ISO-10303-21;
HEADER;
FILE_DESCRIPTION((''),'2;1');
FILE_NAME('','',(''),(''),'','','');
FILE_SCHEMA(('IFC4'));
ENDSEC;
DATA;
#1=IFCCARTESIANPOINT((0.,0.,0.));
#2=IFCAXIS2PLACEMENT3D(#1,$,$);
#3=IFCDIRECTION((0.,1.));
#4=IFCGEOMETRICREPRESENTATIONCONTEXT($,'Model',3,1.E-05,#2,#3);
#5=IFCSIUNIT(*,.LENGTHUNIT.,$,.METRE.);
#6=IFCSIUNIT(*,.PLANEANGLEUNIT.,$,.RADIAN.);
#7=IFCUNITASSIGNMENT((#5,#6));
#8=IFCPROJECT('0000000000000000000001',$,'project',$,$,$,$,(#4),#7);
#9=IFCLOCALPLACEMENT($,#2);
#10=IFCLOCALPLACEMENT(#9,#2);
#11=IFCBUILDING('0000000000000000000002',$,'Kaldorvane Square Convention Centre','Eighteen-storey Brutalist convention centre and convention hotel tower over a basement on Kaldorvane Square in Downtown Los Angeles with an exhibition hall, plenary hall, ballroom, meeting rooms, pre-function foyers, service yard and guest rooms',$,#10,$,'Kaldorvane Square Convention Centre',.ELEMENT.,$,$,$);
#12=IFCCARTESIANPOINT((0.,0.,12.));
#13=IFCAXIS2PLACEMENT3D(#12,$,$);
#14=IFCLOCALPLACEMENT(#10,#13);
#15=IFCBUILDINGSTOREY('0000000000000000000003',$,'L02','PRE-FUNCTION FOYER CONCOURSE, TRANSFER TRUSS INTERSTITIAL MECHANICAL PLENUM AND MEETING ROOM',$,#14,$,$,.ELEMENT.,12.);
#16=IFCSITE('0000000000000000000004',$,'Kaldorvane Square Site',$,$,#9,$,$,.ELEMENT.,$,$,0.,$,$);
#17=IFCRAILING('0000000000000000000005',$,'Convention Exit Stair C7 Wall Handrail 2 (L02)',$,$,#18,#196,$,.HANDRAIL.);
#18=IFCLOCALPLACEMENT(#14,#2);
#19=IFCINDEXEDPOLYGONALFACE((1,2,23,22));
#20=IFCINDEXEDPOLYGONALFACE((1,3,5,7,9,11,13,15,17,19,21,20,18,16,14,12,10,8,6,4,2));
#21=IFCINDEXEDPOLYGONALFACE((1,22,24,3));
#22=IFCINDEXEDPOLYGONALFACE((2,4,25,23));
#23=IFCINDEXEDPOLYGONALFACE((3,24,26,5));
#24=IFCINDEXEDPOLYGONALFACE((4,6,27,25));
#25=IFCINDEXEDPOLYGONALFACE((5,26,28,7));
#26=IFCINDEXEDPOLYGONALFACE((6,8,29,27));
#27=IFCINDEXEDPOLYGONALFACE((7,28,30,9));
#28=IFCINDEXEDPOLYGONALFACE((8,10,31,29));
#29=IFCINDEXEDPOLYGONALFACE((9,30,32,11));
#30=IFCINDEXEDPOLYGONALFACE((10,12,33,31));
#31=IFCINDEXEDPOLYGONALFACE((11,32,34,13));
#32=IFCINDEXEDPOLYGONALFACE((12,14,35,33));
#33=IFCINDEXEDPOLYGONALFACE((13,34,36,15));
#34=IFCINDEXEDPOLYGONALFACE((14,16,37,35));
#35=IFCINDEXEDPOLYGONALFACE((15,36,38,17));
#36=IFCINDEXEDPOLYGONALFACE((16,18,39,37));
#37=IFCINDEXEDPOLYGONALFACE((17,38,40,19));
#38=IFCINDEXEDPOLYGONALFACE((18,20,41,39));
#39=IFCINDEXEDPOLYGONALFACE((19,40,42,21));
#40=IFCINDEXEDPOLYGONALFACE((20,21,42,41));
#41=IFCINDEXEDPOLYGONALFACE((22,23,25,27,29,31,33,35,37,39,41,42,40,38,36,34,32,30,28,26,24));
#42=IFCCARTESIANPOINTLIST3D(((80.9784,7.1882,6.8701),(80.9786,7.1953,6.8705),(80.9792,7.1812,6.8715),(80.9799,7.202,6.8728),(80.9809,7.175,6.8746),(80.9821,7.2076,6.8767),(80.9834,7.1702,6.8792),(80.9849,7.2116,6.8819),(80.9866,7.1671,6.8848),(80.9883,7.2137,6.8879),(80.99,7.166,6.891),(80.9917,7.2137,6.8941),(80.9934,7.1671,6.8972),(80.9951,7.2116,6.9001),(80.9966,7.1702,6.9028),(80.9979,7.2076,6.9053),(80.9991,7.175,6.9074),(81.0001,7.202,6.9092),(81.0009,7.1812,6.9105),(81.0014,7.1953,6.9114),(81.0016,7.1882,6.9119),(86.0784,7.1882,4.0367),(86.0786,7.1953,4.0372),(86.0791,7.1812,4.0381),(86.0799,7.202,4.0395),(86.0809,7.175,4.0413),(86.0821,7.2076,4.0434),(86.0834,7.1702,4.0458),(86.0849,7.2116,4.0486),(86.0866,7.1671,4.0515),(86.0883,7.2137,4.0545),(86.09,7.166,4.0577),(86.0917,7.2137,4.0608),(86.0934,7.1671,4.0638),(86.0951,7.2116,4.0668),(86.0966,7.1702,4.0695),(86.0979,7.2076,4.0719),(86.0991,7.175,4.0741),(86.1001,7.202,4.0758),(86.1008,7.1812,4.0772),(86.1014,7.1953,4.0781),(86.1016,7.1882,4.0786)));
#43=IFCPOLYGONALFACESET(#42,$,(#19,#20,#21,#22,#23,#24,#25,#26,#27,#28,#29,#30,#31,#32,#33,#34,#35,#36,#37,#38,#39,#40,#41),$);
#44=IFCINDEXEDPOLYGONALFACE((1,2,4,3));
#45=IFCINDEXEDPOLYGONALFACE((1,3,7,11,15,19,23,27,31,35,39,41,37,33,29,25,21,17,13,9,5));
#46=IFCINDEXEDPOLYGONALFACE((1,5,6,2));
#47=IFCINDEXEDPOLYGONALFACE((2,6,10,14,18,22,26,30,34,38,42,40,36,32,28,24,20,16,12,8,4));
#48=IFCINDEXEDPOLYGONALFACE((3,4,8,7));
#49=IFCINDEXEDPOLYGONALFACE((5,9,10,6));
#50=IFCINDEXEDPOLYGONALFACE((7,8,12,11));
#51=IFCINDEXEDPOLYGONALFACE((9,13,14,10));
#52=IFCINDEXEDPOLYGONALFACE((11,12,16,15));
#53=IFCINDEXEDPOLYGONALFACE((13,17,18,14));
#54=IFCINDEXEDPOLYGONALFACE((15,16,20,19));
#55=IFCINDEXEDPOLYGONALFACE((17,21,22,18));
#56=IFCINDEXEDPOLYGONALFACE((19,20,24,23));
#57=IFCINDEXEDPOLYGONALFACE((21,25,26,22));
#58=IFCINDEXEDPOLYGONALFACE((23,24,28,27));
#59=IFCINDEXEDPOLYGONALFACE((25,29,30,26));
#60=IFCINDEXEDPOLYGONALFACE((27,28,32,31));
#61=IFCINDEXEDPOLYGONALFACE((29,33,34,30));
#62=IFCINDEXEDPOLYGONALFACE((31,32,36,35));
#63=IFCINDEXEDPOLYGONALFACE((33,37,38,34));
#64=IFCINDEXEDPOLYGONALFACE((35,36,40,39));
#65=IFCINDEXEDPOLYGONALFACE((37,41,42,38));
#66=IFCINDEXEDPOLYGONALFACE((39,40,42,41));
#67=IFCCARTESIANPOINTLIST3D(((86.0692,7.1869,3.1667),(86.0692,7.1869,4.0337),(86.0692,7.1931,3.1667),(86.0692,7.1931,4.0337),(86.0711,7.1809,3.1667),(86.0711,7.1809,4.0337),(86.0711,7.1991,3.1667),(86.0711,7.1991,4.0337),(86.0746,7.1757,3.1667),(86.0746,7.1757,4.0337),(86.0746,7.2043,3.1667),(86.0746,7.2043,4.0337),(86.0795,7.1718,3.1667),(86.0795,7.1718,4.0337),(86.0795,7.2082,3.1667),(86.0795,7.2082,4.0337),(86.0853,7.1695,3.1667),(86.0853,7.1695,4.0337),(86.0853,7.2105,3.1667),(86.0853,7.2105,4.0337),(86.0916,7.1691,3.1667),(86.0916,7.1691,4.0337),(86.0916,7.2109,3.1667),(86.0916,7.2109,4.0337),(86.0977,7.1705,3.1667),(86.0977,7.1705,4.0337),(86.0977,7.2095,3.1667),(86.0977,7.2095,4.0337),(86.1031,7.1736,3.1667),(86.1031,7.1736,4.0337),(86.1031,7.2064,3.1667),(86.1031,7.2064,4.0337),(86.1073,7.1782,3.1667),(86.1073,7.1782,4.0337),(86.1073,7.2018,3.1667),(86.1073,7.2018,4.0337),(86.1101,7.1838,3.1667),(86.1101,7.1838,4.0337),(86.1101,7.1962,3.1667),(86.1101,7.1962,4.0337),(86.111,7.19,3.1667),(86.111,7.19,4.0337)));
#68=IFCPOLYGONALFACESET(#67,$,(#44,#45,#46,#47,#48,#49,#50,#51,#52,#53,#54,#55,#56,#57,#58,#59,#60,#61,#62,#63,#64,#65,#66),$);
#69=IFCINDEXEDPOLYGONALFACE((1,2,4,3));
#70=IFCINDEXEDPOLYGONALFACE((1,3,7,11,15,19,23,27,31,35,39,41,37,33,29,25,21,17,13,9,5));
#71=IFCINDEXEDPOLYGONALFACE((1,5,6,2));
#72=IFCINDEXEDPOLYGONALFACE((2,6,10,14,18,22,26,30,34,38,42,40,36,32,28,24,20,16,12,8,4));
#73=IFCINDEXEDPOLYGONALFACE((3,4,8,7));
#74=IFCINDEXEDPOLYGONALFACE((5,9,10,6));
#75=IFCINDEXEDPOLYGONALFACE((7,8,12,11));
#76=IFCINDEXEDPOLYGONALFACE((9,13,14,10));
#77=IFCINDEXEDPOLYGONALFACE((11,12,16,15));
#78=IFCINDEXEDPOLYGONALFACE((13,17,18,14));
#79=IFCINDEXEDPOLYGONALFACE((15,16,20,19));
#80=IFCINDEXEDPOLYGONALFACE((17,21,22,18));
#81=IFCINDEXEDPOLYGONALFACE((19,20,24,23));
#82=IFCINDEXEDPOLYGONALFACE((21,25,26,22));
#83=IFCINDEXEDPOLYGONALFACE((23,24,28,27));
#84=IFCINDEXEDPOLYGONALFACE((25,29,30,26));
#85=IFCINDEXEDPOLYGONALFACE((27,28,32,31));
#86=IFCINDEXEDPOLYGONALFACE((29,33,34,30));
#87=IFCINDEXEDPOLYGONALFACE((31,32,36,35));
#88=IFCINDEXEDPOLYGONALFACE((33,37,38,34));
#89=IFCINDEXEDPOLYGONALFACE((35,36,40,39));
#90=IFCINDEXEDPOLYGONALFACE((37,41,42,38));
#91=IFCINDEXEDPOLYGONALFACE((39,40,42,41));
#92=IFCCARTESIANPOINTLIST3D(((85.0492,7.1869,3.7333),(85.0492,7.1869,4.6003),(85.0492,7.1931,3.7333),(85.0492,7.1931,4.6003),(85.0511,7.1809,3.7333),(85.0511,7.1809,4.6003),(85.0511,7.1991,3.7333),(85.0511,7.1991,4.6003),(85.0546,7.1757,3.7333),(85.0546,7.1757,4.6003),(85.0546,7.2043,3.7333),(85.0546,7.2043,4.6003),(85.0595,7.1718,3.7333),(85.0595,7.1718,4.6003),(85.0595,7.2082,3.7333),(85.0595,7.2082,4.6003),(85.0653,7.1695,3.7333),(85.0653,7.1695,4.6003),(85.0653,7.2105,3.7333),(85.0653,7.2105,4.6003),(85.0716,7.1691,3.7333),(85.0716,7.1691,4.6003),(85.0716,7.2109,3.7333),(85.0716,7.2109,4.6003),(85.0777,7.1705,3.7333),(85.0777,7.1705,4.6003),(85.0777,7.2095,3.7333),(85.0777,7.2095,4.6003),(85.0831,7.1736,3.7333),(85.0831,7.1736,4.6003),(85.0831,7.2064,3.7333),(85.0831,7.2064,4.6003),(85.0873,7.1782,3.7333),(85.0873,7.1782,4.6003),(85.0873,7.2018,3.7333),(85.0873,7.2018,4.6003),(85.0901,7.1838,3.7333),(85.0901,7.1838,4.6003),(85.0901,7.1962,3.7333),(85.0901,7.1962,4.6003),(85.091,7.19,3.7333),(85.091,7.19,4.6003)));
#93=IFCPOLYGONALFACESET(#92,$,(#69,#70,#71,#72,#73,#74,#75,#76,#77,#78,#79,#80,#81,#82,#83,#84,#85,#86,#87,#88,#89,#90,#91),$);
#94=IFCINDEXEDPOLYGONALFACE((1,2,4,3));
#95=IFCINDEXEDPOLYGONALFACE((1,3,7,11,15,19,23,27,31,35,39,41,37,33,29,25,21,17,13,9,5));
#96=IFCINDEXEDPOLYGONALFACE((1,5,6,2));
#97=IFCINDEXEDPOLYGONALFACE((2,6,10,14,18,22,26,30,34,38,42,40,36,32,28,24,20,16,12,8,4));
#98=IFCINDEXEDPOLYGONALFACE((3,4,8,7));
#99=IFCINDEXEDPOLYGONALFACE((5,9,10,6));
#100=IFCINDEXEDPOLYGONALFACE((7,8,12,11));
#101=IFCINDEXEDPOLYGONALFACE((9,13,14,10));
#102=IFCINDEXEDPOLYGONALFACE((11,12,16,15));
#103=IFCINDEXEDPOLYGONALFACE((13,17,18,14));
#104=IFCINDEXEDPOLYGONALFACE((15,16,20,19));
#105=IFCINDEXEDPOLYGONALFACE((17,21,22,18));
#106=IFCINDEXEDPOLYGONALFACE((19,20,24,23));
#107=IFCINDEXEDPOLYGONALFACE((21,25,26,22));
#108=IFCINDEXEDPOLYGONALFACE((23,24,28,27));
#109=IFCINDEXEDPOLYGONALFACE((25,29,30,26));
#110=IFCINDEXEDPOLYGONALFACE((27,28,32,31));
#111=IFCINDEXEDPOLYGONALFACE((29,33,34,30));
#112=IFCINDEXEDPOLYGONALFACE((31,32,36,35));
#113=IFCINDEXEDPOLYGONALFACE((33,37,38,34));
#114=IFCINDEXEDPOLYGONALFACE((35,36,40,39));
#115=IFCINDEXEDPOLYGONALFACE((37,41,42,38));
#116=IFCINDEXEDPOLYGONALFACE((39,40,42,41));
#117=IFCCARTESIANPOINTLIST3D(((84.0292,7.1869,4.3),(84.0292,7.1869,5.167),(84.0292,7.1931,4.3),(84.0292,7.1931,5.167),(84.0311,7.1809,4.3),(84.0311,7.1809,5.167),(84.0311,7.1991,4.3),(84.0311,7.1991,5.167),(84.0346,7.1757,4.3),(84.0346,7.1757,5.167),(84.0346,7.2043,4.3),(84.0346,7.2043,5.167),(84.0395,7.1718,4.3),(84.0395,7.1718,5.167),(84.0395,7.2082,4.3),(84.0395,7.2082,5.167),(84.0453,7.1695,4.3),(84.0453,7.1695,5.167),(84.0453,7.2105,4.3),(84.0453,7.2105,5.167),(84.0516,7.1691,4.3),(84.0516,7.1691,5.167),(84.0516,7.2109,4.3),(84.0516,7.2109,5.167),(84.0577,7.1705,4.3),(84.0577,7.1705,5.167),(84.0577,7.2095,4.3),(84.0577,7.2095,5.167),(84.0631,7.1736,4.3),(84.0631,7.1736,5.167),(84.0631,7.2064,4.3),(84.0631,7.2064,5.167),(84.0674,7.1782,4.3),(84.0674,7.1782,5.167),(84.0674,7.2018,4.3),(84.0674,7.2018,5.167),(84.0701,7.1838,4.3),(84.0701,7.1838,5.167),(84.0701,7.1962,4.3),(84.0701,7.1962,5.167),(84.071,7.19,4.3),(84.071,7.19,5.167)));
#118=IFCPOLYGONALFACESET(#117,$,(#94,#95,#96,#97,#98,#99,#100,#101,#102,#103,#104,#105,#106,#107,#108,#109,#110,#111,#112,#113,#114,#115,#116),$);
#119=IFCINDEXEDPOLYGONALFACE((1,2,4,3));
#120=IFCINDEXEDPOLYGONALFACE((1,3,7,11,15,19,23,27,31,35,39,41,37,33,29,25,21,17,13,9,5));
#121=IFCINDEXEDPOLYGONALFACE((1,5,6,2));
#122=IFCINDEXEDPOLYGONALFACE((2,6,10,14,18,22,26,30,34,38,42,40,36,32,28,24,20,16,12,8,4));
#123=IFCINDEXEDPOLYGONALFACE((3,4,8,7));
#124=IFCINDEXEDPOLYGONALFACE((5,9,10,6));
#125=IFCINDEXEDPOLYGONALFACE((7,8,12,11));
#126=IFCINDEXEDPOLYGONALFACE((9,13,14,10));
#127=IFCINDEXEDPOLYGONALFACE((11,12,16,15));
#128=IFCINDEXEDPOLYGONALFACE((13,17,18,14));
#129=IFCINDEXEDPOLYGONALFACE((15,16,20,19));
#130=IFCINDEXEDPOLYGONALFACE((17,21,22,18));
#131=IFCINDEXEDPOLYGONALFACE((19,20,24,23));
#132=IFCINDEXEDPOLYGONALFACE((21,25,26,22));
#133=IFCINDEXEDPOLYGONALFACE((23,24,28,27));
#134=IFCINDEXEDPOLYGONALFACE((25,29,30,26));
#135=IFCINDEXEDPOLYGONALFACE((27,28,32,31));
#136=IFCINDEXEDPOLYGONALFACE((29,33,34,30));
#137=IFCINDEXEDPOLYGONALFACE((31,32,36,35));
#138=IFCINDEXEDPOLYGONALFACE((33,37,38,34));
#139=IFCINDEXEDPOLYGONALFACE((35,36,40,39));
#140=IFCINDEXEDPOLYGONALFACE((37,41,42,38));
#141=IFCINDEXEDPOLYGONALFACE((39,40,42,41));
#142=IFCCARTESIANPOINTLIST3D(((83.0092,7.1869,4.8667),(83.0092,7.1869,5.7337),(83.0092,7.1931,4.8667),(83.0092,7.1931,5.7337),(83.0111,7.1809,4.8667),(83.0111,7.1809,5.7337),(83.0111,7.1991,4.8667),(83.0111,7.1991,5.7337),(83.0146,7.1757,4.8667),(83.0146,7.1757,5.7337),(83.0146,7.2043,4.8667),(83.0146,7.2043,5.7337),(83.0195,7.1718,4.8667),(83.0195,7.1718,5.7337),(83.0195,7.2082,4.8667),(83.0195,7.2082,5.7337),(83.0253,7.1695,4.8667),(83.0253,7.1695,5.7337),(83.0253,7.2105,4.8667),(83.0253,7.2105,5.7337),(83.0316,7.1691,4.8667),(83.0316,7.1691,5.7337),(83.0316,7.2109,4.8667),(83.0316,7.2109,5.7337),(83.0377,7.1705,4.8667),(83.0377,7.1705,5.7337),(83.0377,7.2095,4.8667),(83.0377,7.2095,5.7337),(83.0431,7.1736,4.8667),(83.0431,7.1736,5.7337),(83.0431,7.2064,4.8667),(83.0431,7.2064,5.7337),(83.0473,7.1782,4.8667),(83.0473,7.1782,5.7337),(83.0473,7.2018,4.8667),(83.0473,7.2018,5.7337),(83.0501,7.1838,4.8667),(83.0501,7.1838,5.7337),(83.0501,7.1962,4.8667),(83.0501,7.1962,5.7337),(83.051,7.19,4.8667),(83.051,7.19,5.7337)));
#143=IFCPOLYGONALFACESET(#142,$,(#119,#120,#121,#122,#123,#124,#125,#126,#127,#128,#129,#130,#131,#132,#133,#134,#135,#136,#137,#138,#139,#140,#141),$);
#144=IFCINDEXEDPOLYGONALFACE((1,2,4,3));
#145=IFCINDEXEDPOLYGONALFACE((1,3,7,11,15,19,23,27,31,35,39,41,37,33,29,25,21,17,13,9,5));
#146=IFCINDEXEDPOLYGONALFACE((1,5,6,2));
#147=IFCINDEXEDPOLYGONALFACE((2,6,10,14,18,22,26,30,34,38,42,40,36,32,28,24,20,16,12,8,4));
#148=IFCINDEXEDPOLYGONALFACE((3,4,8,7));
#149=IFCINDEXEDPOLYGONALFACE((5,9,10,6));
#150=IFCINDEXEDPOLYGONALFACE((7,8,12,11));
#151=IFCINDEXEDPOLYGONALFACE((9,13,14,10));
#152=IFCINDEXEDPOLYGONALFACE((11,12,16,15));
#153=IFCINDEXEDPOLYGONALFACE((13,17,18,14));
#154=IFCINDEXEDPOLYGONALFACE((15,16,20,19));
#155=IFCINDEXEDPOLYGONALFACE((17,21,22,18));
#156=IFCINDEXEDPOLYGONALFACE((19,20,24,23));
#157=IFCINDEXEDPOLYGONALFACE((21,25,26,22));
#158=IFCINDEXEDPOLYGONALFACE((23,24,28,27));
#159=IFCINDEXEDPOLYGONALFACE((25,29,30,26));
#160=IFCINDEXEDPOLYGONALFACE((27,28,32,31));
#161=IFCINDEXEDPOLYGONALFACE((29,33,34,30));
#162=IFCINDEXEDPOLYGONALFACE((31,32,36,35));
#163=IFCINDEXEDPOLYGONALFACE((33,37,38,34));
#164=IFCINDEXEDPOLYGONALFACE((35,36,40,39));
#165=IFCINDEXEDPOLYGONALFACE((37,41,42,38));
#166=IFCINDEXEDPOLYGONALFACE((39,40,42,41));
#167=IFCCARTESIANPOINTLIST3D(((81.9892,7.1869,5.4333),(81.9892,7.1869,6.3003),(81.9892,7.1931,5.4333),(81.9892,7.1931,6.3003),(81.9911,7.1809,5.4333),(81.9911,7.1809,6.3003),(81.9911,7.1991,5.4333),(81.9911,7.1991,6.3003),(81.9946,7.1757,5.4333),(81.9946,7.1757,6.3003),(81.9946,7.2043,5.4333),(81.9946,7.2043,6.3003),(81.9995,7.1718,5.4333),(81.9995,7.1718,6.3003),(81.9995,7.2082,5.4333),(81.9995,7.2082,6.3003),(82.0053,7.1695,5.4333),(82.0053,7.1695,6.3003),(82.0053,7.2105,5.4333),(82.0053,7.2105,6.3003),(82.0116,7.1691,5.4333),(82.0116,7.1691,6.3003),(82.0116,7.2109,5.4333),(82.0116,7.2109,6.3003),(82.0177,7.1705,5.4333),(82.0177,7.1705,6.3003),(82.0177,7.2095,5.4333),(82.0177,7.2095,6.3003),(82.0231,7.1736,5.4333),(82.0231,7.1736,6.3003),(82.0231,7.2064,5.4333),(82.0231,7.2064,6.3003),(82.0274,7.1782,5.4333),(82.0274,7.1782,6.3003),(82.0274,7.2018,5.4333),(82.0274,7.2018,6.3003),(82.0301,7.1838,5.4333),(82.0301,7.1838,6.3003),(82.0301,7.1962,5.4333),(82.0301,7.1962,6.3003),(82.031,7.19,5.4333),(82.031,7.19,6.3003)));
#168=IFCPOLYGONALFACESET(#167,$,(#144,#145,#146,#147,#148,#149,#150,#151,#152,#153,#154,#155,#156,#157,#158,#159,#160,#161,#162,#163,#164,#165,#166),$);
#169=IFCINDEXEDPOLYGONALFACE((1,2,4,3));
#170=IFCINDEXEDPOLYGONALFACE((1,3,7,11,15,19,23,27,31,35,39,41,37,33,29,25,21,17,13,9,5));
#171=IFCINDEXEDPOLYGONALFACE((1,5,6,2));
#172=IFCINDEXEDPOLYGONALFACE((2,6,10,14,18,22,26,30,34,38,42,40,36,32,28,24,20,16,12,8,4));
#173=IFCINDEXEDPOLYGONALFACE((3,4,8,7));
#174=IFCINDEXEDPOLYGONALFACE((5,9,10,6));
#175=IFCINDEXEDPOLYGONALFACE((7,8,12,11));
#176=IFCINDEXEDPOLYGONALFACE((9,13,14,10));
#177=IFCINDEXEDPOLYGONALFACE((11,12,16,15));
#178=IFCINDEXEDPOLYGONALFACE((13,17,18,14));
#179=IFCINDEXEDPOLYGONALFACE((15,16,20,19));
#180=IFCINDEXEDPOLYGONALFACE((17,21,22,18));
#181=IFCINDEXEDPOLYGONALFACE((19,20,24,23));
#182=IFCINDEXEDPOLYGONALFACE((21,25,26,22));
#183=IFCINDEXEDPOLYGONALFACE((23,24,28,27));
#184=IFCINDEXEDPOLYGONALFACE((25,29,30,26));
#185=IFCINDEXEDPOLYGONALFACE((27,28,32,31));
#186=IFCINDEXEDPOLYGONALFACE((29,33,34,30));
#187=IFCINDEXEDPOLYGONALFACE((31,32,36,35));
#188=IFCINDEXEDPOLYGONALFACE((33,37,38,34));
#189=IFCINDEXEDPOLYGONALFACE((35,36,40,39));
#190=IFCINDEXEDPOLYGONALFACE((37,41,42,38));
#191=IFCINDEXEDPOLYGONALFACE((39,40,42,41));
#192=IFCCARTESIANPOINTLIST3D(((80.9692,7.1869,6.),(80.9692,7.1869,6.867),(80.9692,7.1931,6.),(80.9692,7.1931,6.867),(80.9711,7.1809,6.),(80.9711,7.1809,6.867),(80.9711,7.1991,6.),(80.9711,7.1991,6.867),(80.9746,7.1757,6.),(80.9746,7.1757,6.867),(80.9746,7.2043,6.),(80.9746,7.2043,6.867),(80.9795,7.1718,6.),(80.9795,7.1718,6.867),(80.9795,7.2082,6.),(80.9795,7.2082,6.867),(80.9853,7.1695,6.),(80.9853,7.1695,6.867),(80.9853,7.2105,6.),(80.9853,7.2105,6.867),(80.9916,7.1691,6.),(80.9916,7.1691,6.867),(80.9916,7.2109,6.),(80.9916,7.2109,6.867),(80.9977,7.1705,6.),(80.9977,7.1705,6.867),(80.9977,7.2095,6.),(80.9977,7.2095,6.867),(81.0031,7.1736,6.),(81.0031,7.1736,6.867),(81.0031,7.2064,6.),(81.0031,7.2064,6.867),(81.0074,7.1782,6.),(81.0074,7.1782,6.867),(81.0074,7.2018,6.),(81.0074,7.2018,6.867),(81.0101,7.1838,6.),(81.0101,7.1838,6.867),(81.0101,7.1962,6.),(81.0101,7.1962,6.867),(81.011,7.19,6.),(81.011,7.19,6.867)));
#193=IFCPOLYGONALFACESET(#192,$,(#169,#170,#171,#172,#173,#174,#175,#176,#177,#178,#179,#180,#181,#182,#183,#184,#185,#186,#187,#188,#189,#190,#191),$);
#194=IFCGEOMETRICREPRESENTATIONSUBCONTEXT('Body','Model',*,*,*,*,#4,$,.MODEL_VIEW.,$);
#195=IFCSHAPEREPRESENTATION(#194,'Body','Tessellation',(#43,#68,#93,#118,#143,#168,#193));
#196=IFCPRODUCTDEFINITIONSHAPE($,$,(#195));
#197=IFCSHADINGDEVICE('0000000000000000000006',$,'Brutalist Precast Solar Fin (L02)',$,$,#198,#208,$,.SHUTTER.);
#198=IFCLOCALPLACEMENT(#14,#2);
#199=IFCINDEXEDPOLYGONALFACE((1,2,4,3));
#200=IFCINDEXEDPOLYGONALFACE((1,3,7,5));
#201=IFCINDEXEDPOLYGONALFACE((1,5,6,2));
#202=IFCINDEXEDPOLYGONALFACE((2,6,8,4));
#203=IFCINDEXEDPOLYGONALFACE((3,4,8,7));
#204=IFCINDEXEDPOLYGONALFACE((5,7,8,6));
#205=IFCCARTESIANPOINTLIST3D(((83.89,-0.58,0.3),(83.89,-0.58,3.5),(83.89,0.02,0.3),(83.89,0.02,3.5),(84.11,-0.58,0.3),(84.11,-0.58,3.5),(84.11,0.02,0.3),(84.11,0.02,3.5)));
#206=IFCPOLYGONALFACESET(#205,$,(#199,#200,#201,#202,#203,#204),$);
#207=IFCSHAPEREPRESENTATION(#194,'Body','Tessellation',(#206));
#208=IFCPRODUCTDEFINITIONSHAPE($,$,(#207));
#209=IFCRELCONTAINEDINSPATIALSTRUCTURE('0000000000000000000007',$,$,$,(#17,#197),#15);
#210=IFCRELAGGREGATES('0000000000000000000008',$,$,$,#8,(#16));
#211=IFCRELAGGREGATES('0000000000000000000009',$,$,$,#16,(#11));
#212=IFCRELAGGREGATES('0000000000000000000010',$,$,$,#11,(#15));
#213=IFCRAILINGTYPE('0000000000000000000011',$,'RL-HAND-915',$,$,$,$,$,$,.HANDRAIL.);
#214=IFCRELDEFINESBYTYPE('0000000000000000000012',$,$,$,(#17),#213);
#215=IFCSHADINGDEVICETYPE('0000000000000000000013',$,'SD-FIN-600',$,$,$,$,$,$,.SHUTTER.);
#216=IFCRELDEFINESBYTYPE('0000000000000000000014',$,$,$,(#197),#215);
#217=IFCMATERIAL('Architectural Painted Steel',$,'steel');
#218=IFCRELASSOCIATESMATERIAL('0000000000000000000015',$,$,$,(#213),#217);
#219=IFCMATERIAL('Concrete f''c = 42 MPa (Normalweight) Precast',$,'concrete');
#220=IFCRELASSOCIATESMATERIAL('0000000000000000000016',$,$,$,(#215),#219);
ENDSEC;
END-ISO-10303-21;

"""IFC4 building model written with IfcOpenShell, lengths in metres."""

from ifc_helpers import new_model, si_unit, direction, frame, origin, origin_2d, place, context, subcontext, project, spatial, rectangle, circle, extrude, material, type_object, element, save


model = new_model("IFC4")

# Units and contexts
model_context = context("Model", 3, precision=1e-05, world=origin(), true_north=direction((0.0, 1.0)))
body_context = subcontext(model_context, "Body", "Model", "MODEL_VIEW")
ifc_project = project(units=[si_unit("LENGTHUNIT", "METRE"), si_unit("PLANEANGLEUNIT", "RADIAN")], contexts=[model_context])

# Site, building, storey
site_placement = place(None, origin())
site = spatial("IfcSite", under=ifc_project, at=site_placement, Name="Kaldorvane Square Site", CompositionType="ELEMENT", RefElevation=0.0)
building_placement = place(site_placement, origin())
building = spatial("IfcBuilding", under=site, at=building_placement, Name="Kaldorvane Square Convention Centre", Description="Eighteen-storey Brutalist convention centre and convention hotel tower over a basement on Kaldorvane Square in Downtown Los Angeles with an exhibition hall, plenary hall, ballroom, meeting rooms, pre-function foyers, service yard and guest rooms", LongName="Kaldorvane Square Convention Centre", CompositionType="ELEMENT")
storey_placement = place(building_placement, frame((0.0, 0.0, 12.0)))
storey = spatial("IfcBuildingStorey", under=building, at=storey_placement, Name="L02", Description="PRE-FUNCTION FOYER CONCOURSE, TRANSFER TRUSS INTERSTITIAL MECHANICAL PLENUM AND MEETING ROOM", CompositionType="ELEMENT", Elevation=12.0)

# Railing
ifc_material_1 = material(Name="Architectural Painted Steel", Category="steel")
railing_type_1 = type_object("IfcRailingType", Name="RL-HAND-915", PredefinedType="HANDRAIL", material=ifc_material_1)
railing_1_placement = place(storey_placement, frame((86.09, 7.19, 3.1667)))
element("IfcRailing", 1, at=railing_1_placement, inside=storey, type_object=railing_type_1, Name="Convention Exit Stair C7 Wall Handrail 2 (L02)", PredefinedType="HANDRAIL", context=body_context, shape_type="SweptSolid", body=[
    extrude(circle(Radius=0.024, at=origin_2d()), frame((0.0, 0.0, 0.891), z_axis=(-0.874157, 0.0, 0.485643), x_axis=(0.0, -1.0, 0.0)), (0.0, 0.0, 1.0), 5.8342),
    extrude(circle(Radius=0.021, at=origin_2d()), origin(), (0.0, 0.0, 1.0), 0.867),
    extrude(circle(Radius=0.021, at=origin_2d()), frame((-1.02, 0.0, 0.5667)), (0.0, 0.0, 1.0), 0.867),
    extrude(circle(Radius=0.021, at=origin_2d()), frame((-2.04, 0.0, 1.1333)), (0.0, 0.0, 1.0), 0.867),
    extrude(circle(Radius=0.021, at=origin_2d()), frame((-3.06, 0.0, 1.7)), (0.0, 0.0, 1.0), 0.867),
    extrude(circle(Radius=0.021, at=origin_2d()), frame((-4.08, 0.0, 2.2667)), (0.0, 0.0, 1.0), 0.867),
    extrude(circle(Radius=0.021, at=origin_2d()), frame((-5.1, 0.0, 2.8333)), (0.0, 0.0, 1.0), 0.867),
])

# Shading device
ifc_material_2 = material(Name="Concrete f'c = 42 MPa (Normalweight) Precast", Category="concrete")
shading_device_type = type_object("IfcShadingDeviceType", Name="SD-FIN-600", PredefinedType="SHUTTER", material=ifc_material_2)
shading_device_placement = place(storey_placement, frame((84.0, -0.28, 0.3), z_axis=(0.0, 0.0, 1.0), x_axis=(1.0, 0.0, 0.0)))
element("IfcShadingDevice", 2, at=shading_device_placement, inside=storey, type_object=shading_device_type, Name="Brutalist Precast Solar Fin (L02)", PredefinedType="SHUTTER", context=body_context, shape_type="SweptSolid", body=[
    extrude(rectangle(XDim=0.22, YDim=0.6, at=origin_2d()), origin(), (0.0, 0.0, 1.0), 3.2),
])

save(model, "model.ifc")
